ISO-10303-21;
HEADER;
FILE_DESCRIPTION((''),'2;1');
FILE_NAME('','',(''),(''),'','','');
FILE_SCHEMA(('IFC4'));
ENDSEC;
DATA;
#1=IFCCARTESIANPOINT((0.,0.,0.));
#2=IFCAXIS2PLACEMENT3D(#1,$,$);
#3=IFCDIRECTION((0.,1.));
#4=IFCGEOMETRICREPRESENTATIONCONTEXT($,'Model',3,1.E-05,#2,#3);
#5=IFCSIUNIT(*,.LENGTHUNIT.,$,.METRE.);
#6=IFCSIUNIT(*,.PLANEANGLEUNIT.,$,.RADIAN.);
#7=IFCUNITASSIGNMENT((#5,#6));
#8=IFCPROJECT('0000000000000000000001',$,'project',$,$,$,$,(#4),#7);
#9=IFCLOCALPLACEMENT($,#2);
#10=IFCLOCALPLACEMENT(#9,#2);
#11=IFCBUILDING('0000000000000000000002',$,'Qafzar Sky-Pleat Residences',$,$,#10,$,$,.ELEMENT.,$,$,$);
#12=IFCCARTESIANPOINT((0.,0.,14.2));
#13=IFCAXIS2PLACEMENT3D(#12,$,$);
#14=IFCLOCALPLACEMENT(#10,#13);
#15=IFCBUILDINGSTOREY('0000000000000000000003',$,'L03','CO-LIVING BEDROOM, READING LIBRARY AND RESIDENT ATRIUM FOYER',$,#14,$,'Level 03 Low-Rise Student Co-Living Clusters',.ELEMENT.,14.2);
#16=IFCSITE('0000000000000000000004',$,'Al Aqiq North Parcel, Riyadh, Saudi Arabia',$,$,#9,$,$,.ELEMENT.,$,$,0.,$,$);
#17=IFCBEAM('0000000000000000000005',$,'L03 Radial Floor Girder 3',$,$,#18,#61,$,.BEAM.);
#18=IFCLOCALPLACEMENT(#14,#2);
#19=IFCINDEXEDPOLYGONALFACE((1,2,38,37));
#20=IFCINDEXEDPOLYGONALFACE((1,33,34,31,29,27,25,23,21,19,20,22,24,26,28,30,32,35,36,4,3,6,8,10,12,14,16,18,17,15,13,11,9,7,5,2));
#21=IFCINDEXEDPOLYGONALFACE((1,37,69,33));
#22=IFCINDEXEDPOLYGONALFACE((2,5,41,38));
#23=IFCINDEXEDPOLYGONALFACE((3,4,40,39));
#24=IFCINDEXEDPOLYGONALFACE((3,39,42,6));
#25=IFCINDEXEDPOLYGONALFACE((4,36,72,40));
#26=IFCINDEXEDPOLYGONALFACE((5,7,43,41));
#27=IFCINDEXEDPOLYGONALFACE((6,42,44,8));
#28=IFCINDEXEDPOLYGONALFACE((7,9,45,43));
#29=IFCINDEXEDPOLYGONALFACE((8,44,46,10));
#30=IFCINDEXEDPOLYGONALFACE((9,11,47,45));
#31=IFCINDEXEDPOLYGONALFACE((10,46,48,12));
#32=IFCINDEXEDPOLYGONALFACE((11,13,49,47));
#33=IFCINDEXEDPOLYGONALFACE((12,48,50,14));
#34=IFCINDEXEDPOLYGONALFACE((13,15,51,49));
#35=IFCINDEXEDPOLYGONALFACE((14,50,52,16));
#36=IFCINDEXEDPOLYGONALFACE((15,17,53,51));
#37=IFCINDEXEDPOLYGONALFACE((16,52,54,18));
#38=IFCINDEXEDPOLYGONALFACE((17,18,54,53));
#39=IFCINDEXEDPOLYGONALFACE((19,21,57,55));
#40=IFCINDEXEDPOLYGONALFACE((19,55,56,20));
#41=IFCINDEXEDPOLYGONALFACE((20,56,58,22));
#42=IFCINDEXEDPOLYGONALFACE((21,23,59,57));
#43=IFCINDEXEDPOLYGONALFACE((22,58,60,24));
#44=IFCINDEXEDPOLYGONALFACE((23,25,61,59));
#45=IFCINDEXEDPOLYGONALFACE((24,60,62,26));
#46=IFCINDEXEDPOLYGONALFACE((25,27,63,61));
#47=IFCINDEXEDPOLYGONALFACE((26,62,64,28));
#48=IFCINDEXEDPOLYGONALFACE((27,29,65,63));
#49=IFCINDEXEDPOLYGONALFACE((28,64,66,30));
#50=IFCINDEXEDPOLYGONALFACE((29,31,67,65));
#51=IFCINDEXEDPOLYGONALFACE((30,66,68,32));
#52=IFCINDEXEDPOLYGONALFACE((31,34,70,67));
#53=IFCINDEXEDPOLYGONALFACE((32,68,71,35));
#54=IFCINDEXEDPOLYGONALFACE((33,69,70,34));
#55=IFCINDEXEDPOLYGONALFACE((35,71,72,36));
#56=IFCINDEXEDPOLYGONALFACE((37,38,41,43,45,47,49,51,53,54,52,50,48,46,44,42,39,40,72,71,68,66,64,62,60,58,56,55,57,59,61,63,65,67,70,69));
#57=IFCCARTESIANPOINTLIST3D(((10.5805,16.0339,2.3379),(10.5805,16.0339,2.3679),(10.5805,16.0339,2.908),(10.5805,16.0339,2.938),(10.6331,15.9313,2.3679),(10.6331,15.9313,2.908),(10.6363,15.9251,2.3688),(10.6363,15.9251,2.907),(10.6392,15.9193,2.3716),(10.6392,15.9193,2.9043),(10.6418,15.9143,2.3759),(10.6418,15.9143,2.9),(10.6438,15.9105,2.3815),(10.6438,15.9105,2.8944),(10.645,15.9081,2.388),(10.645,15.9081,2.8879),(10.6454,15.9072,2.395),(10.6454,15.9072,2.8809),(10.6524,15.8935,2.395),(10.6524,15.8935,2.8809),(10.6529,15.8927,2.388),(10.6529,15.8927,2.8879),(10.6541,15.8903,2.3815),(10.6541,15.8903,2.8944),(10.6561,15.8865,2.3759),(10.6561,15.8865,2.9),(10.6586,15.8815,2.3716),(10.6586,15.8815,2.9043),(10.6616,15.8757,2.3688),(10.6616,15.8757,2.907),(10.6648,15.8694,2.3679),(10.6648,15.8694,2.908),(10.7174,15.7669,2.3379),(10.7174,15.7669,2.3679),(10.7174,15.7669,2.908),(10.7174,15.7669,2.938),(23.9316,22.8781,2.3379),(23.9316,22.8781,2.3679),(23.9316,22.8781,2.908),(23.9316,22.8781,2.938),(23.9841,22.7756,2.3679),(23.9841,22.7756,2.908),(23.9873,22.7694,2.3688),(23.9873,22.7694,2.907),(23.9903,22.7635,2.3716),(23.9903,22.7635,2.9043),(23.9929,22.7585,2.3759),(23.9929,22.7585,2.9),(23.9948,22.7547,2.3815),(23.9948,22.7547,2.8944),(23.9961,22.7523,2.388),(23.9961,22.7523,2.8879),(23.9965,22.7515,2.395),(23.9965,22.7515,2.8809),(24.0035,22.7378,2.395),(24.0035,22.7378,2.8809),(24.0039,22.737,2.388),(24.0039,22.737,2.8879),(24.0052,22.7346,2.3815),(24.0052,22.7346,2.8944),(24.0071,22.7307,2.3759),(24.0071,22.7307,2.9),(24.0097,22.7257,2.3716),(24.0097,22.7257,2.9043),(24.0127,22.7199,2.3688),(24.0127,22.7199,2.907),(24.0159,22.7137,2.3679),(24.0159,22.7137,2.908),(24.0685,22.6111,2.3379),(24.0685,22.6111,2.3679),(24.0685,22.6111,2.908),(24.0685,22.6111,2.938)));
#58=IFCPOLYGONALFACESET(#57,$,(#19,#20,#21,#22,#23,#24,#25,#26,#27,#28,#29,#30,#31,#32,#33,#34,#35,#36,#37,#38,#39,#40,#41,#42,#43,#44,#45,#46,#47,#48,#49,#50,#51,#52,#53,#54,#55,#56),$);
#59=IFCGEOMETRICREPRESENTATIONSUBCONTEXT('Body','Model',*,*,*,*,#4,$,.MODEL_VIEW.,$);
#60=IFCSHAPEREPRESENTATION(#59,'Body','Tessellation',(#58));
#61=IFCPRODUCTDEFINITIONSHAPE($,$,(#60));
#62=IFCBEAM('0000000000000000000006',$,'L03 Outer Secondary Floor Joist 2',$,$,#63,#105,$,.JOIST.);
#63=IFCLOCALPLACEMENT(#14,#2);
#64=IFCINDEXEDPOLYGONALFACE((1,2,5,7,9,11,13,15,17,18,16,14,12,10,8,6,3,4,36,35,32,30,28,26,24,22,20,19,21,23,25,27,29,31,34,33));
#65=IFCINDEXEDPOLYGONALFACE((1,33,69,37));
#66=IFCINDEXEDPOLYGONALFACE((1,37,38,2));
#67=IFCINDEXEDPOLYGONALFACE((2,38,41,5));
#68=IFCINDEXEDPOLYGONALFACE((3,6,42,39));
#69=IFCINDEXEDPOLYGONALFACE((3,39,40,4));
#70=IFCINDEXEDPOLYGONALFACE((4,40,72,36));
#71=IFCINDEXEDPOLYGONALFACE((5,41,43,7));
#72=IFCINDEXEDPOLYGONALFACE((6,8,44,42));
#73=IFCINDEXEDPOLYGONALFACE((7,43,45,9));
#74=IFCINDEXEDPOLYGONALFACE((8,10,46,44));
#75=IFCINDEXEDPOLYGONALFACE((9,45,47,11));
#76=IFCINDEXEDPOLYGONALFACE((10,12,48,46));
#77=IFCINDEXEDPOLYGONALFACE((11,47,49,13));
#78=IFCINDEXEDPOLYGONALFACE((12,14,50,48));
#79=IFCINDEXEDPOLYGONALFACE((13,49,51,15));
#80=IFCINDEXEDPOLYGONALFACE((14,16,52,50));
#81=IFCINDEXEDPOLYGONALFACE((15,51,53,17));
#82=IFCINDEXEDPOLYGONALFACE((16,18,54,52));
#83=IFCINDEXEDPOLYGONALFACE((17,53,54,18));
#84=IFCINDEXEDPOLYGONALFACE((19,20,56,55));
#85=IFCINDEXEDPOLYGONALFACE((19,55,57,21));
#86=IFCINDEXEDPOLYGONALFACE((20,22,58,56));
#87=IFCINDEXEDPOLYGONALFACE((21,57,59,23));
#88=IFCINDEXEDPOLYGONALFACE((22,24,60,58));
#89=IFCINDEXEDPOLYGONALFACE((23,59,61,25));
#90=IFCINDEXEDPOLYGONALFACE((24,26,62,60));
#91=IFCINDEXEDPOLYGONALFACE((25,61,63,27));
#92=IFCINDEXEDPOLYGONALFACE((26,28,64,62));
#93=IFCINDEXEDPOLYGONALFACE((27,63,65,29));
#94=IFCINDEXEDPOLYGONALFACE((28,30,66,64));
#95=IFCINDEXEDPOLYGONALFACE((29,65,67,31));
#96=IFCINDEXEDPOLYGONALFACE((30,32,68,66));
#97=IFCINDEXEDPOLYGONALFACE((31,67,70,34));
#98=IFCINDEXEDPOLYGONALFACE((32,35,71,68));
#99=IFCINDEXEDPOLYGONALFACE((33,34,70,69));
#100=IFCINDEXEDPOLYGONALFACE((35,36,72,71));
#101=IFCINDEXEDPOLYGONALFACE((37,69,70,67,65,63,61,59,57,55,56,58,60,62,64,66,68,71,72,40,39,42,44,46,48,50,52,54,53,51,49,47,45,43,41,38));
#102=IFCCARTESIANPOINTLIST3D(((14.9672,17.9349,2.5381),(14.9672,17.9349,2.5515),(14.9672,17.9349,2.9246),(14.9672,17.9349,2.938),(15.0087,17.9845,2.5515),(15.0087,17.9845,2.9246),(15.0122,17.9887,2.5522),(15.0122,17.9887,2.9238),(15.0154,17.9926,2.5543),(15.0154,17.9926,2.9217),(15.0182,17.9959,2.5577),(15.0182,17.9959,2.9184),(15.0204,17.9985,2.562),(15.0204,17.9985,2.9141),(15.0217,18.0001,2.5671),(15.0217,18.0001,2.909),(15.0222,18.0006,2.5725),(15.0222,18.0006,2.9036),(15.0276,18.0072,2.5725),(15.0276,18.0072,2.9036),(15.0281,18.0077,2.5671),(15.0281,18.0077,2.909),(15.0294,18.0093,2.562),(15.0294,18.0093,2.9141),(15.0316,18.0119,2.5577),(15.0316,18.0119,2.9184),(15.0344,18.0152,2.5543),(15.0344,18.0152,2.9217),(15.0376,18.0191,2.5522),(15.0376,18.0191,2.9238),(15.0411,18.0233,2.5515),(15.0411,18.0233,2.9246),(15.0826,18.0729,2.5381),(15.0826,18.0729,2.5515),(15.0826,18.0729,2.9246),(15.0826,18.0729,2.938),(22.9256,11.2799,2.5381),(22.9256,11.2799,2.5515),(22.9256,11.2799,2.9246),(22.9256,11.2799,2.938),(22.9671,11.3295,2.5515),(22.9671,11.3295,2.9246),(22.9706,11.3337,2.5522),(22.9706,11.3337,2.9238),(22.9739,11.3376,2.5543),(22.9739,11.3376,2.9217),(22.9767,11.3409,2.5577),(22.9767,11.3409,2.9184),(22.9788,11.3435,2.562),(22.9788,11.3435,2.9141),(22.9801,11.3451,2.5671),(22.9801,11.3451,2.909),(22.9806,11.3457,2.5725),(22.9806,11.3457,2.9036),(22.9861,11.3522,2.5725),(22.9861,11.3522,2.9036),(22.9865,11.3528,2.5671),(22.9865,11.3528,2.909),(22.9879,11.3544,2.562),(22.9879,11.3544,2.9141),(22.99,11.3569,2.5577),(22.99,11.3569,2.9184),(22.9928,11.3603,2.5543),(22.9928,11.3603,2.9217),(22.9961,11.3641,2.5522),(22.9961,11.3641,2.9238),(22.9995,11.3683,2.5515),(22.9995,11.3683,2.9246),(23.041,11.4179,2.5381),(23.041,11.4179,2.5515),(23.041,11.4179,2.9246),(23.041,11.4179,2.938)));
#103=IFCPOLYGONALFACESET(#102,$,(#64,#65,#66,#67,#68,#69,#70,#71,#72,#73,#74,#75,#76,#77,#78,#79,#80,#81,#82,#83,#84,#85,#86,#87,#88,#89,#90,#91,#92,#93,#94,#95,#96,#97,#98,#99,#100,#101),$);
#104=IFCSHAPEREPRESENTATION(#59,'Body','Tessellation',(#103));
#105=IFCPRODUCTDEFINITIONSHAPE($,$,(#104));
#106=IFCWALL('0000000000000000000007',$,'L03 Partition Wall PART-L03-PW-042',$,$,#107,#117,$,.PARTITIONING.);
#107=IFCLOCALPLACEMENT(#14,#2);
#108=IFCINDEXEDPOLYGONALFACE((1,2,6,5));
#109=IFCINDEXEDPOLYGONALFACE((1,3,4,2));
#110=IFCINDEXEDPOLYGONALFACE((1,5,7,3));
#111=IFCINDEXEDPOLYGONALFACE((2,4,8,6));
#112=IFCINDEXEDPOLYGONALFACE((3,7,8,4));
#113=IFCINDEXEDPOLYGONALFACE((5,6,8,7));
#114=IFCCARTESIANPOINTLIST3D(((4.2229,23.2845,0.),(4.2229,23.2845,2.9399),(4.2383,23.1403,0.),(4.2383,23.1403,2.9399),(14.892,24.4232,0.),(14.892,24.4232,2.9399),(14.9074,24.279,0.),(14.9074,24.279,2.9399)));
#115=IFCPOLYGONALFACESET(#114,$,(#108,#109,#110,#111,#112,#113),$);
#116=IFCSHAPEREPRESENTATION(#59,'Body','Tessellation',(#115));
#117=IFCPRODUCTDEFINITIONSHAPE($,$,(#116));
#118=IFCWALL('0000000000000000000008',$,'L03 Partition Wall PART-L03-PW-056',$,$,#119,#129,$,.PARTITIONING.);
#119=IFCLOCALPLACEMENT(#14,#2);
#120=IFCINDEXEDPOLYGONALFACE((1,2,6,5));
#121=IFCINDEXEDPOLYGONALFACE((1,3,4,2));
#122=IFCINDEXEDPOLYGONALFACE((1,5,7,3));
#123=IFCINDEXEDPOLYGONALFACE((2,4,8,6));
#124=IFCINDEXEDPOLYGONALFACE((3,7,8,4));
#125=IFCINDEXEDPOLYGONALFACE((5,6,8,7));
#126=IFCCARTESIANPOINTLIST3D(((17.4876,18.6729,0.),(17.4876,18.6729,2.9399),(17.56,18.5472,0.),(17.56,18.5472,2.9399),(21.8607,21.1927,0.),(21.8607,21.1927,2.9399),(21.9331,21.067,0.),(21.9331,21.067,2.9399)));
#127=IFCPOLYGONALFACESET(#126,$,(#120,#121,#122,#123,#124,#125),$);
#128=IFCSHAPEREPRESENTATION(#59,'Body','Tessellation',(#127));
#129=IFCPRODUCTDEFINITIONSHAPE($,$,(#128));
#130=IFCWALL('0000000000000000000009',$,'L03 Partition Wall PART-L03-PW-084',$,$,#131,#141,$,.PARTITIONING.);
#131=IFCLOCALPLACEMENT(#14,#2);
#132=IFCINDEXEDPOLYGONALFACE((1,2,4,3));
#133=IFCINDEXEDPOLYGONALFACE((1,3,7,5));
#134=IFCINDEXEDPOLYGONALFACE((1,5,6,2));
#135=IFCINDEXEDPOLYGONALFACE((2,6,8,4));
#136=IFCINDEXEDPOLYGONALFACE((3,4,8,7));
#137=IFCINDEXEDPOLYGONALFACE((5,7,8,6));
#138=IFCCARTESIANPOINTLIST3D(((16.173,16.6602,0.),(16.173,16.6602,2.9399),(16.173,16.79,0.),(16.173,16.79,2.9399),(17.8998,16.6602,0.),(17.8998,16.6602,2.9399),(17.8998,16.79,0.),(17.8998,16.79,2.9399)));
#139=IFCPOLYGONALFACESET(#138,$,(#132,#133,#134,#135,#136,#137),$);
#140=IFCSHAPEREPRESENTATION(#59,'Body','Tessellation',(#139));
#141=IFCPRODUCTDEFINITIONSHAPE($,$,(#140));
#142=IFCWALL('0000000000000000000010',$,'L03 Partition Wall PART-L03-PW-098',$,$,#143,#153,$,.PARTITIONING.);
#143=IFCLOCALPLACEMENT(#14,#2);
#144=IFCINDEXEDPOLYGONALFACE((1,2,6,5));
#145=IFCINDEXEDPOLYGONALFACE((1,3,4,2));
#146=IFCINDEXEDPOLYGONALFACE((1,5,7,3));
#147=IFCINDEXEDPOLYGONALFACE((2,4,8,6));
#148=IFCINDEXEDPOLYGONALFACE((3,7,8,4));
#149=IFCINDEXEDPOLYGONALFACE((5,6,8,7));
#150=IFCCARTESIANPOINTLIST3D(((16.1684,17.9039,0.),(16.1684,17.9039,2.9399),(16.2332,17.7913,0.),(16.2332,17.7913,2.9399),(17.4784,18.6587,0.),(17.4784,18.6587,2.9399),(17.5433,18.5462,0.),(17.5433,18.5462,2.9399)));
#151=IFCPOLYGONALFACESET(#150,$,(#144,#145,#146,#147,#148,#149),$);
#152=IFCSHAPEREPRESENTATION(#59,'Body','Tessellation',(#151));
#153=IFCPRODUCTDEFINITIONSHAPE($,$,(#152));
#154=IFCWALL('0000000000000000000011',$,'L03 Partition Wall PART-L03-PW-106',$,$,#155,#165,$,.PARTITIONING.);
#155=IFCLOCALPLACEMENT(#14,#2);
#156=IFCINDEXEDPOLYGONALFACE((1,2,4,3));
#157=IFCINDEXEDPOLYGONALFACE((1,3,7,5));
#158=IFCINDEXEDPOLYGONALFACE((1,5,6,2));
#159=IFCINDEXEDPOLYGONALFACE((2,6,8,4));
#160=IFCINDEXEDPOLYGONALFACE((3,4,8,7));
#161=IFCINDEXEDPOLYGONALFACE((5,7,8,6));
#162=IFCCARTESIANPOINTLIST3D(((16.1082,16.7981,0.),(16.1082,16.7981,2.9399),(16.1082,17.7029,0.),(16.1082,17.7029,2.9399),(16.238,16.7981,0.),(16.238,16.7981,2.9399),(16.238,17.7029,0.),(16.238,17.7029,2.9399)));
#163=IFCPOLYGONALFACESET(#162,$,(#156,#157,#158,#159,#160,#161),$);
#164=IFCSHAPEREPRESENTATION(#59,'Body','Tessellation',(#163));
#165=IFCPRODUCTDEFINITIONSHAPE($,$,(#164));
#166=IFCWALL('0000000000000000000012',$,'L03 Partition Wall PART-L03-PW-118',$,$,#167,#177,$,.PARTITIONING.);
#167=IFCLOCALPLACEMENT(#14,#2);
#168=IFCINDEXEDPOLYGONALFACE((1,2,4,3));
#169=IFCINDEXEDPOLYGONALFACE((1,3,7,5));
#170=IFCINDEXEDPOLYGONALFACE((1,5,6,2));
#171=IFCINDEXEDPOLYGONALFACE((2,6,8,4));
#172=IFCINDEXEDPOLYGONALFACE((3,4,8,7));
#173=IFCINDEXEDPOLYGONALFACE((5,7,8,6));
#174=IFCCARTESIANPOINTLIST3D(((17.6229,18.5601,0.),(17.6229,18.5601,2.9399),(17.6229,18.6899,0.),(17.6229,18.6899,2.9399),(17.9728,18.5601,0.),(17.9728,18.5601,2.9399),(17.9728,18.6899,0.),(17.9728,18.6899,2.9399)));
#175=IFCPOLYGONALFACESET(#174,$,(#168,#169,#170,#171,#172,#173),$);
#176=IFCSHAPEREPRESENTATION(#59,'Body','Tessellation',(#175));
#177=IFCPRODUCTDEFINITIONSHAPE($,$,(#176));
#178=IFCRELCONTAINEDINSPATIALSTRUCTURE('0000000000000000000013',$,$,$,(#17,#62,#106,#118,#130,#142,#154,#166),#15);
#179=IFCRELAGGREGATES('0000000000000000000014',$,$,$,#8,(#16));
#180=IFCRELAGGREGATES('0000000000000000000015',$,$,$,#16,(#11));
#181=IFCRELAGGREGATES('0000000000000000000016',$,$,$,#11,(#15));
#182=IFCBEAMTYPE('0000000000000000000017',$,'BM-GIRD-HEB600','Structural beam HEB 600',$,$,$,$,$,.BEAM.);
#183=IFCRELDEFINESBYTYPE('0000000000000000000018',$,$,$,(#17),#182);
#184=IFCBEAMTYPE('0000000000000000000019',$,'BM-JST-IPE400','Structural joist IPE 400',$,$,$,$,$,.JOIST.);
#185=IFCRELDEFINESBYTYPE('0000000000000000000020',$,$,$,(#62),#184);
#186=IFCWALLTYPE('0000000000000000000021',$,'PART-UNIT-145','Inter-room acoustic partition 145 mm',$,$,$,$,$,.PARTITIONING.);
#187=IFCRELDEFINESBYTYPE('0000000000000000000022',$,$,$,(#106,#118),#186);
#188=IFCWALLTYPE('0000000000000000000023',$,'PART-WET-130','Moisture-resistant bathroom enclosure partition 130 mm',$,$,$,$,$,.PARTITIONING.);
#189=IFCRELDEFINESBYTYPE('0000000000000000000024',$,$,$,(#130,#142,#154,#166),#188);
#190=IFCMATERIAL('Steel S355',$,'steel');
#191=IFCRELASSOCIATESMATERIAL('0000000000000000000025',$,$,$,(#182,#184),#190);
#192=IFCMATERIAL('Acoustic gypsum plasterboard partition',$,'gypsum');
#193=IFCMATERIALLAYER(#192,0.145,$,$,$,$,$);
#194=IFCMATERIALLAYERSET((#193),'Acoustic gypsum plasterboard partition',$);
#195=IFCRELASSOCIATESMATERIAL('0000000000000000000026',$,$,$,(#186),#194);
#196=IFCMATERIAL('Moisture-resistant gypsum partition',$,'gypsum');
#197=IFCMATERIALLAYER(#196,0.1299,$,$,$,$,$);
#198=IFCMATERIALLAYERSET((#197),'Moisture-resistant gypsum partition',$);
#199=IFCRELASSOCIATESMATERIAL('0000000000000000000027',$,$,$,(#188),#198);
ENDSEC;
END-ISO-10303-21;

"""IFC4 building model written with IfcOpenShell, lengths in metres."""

from ifc_helpers import new_model, si_unit, direction, frame, frame_2d, origin, origin_2d, place, context, subcontext, project, spatial, rectangle, i_section, extrude, source, transform, mapped, material, layer, layer_set, material_profile, profile_set, type_object, element, save


model = new_model("IFC4")

# Units and contexts
model_context = context("Model", 3, precision=1e-05, world=origin(), true_north=direction((0.0, 1.0)))
body_context = subcontext(model_context, "Body", "Model", "MODEL_VIEW")
ifc_project = project(units=[si_unit("LENGTHUNIT", "METRE"), si_unit("PLANEANGLEUNIT", "RADIAN")], contexts=[model_context])

# Site, building, storey
site_placement = place(None, origin())
site = spatial("IfcSite", under=ifc_project, at=site_placement, Name="Al Aqiq North Parcel, Riyadh, Saudi Arabia", CompositionType="ELEMENT", RefElevation=0.0)
building_placement = place(site_placement, origin())
building = spatial("IfcBuilding", under=site, at=building_placement, Name="Qafzar Sky-Pleat Residences", CompositionType="ELEMENT")
storey_placement = place(building_placement, frame((0.0, 0.0, 14.2)))
storey = spatial("IfcBuildingStorey", under=building, at=storey_placement, Name="L03", Description="CO-LIVING BEDROOM, READING LIBRARY AND RESIDENT ATRIUM FOYER", LongName="Level 03 Low-Rise Student Co-Living Clusters", CompositionType="ELEMENT", Elevation=14.2)

# Beams
ifc_material_1 = material(Name="Steel S355", Category="steel")
ifc_material_profile_1 = material_profile(ifc_material_1, i_section(OverallWidth=0.3, OverallDepth=0.6001, WebThickness=0.0154, FlangeThickness=0.03, FilletRadius=0.0271, at=origin_2d()), Name="HEB 600")
ifc_profile_set_1 = profile_set([ifc_material_profile_1], Name="Steel S355")
beam_type_1 = type_object("IfcBeamType", Name="BM-GIRD-HEB600", Description="Structural beam HEB 600", PredefinedType="BEAM", material=ifc_profile_set_1)
shared_shape_1 = source(origin(), body_context, "Body", "SweptSolid", [
    extrude(i_section(OverallWidth=0.3, OverallDepth=0.6001, WebThickness=0.0154, FlangeThickness=0.03, FilletRadius=0.0271, at=origin_2d()), origin(), (0.0, 0.0, 1.0), 15.0032),
])
beam_1_placement = place(storey_placement, frame((10.6489, 15.9004, 2.6379), z_axis=(0.889884, 0.456186, 0.0), x_axis=(-0.456186, 0.889884, 0.0)))
element("IfcBeam", 1, at=beam_1_placement, inside=storey, type_object=beam_type_1, Name="L03 Radial Floor Girder 3", PredefinedType="BEAM", context=body_context, shape_type="MappedRepresentation", body=[
    mapped(shared_shape_1, transform((0.0, 0.0, 0.0), x_axis=(1.0, 0.0, 0.0), y_axis=(0.0, 1.0, 0.0), z_axis=(0.0, 0.0, 1.0), scale=1.0)),
])
ifc_material_profile_2 = material_profile(ifc_material_1, i_section(OverallWidth=0.1799, OverallDepth=0.3999, WebThickness=0.0085, FlangeThickness=0.0134, FilletRadius=0.021, at=origin_2d()), Name="IPE 400")
ifc_profile_set_2 = profile_set([ifc_material_profile_2], Name="Steel S355")
beam_type_2 = type_object("IfcBeamType", Name="BM-JST-IPE400", Description="Structural joist IPE 400", PredefinedType="JOIST", material=ifc_profile_set_2)
shared_shape_2 = source(origin(), body_context, "Body", "SweptSolid", [
    extrude(i_section(OverallWidth=0.1799, OverallDepth=0.3999, WebThickness=0.0085, FlangeThickness=0.0134, FilletRadius=0.021, at=origin_2d()), origin(), (0.0, 0.0, 1.0), 10.3743),
])
beam_2_placement = place(storey_placement, frame((15.0249, 18.0039, 2.738), z_axis=(0.767132, -0.641489, 0.0), x_axis=(0.641489, 0.767132, 0.0)))
element("IfcBeam", 2, at=beam_2_placement, inside=storey, type_object=beam_type_2, Name="L03 Outer Secondary Floor Joist 2", PredefinedType="JOIST", context=body_context, shape_type="MappedRepresentation", body=[
    mapped(shared_shape_2, transform((0.0, 0.0, 0.0), x_axis=(1.0, 0.0, 0.0), y_axis=(0.0, 1.0, 0.0), z_axis=(0.0, 0.0, 1.0), scale=1.0)),
])

# Walls
ifc_material_2 = material(Name="Acoustic gypsum plasterboard partition", Category="gypsum")
ifc_layer_1 = layer(ifc_material_2, 0.145)
ifc_layer_set_1 = layer_set([ifc_layer_1], Name="Acoustic gypsum plasterboard partition")
wall_type_1 = type_object("IfcWallType", Name="PART-UNIT-145", Description="Inter-room acoustic partition 145 mm", PredefinedType="PARTITIONING", material=ifc_layer_set_1)
wall_1_placement = place(storey_placement, frame((4.2307, 23.2124, 0.0), z_axis=(0.0, 0.0, 1.0), x_axis=(0.994353, 0.106123, 0.0)))
element("IfcWall", 3, at=wall_1_placement, inside=storey, type_object=wall_type_1, Name="L03 Partition Wall PART-L03-PW-042", PredefinedType="PARTITIONING", context=body_context, shape_type="SweptSolid", body=[
    extrude(rectangle(XDim=10.7297, YDim=0.145, at=frame_2d((5.3647, 0.0))), origin(), (0.0, 0.0, 1.0), 2.9399),
])
wall_2_placement = place(storey_placement, frame((17.5239, 18.6101, 0.0), z_axis=(0.0, 0.0, 1.0), x_axis=(0.866454, 0.499256, 0.0)))
element("IfcWall", 4, at=wall_2_placement, inside=storey, type_object=wall_type_1, Name="L03 Partition Wall PART-L03-PW-056", PredefinedType="PARTITIONING", context=body_context, shape_type="SweptSolid", body=[
    extrude(rectangle(XDim=5.0471, YDim=0.145, at=frame_2d((2.5234, 0.0))), origin(), (0.0, 0.0, 1.0), 2.9399),
])
ifc_material_3 = material(Name="Moisture-resistant gypsum partition", Category="gypsum")
ifc_layer_2 = layer(ifc_material_3, 0.1299)
ifc_layer_set_2 = layer_set([ifc_layer_2], Name="Moisture-resistant gypsum partition")
wall_type_2 = type_object("IfcWallType", Name="PART-WET-130", Description="Moisture-resistant bathroom enclosure partition 130 mm", PredefinedType="PARTITIONING", material=ifc_layer_set_2)
wall_3_placement = place(storey_placement, frame((16.1731, 16.7251, 0.0), z_axis=(0.0, 0.0, 1.0), x_axis=(1.0, 0.0, 0.0)))
element("IfcWall", 5, at=wall_3_placement, inside=storey, type_object=wall_type_2, Name="L03 Partition Wall PART-L03-PW-084", PredefinedType="PARTITIONING", context=body_context, shape_type="SweptSolid", body=[
    extrude(rectangle(XDim=1.7268, YDim=0.1299, at=frame_2d((0.8633, 0.0))), origin(), (0.0, 0.0, 1.0), 2.9399),
])
wall_4_placement = place(storey_placement, frame((16.2009, 17.8477, 0.0), z_axis=(0.0, 0.0, 1.0), x_axis=(0.866449, 0.499266, 0.0)))
element("IfcWall", 6, at=wall_4_placement, inside=storey, type_object=wall_type_2, Name="L03 Partition Wall PART-L03-PW-098", PredefinedType="PARTITIONING", context=body_context, shape_type="SweptSolid", body=[
    extrude(rectangle(XDim=1.512, YDim=0.1299, at=frame_2d((0.7559, 0.0))), origin(), (0.0, 0.0, 1.0), 2.9399),
])
wall_5_placement = place(storey_placement, frame((16.1731, 16.7981, 0.0), z_axis=(0.0, 0.0, 1.0), x_axis=(0.0, 1.0, 0.0)))
element("IfcWall", 7, at=wall_5_placement, inside=storey, type_object=wall_type_2, Name="L03 Partition Wall PART-L03-PW-106", PredefinedType="PARTITIONING", context=body_context, shape_type="SweptSolid", body=[
    extrude(rectangle(XDim=0.9048, YDim=0.1299, at=frame_2d((0.4524, 0.0))), origin(), (0.0, 0.0, 1.0), 2.9399),
])
wall_6_placement = place(storey_placement, frame((17.623, 18.625, 0.0), z_axis=(0.0, 0.0, 1.0), x_axis=(1.0, 0.0, 0.0)))
element("IfcWall", 8, at=wall_6_placement, inside=storey, type_object=wall_type_2, Name="L03 Partition Wall PART-L03-PW-118", PredefinedType="PARTITIONING", context=body_context, shape_type="SweptSolid", body=[
    extrude(rectangle(XDim=0.3499, YDim=0.1299, at=frame_2d((0.1748, 0.0))), origin(), (0.0, 0.0, 1.0), 2.9399),
])

save(model, "model.ifc")
